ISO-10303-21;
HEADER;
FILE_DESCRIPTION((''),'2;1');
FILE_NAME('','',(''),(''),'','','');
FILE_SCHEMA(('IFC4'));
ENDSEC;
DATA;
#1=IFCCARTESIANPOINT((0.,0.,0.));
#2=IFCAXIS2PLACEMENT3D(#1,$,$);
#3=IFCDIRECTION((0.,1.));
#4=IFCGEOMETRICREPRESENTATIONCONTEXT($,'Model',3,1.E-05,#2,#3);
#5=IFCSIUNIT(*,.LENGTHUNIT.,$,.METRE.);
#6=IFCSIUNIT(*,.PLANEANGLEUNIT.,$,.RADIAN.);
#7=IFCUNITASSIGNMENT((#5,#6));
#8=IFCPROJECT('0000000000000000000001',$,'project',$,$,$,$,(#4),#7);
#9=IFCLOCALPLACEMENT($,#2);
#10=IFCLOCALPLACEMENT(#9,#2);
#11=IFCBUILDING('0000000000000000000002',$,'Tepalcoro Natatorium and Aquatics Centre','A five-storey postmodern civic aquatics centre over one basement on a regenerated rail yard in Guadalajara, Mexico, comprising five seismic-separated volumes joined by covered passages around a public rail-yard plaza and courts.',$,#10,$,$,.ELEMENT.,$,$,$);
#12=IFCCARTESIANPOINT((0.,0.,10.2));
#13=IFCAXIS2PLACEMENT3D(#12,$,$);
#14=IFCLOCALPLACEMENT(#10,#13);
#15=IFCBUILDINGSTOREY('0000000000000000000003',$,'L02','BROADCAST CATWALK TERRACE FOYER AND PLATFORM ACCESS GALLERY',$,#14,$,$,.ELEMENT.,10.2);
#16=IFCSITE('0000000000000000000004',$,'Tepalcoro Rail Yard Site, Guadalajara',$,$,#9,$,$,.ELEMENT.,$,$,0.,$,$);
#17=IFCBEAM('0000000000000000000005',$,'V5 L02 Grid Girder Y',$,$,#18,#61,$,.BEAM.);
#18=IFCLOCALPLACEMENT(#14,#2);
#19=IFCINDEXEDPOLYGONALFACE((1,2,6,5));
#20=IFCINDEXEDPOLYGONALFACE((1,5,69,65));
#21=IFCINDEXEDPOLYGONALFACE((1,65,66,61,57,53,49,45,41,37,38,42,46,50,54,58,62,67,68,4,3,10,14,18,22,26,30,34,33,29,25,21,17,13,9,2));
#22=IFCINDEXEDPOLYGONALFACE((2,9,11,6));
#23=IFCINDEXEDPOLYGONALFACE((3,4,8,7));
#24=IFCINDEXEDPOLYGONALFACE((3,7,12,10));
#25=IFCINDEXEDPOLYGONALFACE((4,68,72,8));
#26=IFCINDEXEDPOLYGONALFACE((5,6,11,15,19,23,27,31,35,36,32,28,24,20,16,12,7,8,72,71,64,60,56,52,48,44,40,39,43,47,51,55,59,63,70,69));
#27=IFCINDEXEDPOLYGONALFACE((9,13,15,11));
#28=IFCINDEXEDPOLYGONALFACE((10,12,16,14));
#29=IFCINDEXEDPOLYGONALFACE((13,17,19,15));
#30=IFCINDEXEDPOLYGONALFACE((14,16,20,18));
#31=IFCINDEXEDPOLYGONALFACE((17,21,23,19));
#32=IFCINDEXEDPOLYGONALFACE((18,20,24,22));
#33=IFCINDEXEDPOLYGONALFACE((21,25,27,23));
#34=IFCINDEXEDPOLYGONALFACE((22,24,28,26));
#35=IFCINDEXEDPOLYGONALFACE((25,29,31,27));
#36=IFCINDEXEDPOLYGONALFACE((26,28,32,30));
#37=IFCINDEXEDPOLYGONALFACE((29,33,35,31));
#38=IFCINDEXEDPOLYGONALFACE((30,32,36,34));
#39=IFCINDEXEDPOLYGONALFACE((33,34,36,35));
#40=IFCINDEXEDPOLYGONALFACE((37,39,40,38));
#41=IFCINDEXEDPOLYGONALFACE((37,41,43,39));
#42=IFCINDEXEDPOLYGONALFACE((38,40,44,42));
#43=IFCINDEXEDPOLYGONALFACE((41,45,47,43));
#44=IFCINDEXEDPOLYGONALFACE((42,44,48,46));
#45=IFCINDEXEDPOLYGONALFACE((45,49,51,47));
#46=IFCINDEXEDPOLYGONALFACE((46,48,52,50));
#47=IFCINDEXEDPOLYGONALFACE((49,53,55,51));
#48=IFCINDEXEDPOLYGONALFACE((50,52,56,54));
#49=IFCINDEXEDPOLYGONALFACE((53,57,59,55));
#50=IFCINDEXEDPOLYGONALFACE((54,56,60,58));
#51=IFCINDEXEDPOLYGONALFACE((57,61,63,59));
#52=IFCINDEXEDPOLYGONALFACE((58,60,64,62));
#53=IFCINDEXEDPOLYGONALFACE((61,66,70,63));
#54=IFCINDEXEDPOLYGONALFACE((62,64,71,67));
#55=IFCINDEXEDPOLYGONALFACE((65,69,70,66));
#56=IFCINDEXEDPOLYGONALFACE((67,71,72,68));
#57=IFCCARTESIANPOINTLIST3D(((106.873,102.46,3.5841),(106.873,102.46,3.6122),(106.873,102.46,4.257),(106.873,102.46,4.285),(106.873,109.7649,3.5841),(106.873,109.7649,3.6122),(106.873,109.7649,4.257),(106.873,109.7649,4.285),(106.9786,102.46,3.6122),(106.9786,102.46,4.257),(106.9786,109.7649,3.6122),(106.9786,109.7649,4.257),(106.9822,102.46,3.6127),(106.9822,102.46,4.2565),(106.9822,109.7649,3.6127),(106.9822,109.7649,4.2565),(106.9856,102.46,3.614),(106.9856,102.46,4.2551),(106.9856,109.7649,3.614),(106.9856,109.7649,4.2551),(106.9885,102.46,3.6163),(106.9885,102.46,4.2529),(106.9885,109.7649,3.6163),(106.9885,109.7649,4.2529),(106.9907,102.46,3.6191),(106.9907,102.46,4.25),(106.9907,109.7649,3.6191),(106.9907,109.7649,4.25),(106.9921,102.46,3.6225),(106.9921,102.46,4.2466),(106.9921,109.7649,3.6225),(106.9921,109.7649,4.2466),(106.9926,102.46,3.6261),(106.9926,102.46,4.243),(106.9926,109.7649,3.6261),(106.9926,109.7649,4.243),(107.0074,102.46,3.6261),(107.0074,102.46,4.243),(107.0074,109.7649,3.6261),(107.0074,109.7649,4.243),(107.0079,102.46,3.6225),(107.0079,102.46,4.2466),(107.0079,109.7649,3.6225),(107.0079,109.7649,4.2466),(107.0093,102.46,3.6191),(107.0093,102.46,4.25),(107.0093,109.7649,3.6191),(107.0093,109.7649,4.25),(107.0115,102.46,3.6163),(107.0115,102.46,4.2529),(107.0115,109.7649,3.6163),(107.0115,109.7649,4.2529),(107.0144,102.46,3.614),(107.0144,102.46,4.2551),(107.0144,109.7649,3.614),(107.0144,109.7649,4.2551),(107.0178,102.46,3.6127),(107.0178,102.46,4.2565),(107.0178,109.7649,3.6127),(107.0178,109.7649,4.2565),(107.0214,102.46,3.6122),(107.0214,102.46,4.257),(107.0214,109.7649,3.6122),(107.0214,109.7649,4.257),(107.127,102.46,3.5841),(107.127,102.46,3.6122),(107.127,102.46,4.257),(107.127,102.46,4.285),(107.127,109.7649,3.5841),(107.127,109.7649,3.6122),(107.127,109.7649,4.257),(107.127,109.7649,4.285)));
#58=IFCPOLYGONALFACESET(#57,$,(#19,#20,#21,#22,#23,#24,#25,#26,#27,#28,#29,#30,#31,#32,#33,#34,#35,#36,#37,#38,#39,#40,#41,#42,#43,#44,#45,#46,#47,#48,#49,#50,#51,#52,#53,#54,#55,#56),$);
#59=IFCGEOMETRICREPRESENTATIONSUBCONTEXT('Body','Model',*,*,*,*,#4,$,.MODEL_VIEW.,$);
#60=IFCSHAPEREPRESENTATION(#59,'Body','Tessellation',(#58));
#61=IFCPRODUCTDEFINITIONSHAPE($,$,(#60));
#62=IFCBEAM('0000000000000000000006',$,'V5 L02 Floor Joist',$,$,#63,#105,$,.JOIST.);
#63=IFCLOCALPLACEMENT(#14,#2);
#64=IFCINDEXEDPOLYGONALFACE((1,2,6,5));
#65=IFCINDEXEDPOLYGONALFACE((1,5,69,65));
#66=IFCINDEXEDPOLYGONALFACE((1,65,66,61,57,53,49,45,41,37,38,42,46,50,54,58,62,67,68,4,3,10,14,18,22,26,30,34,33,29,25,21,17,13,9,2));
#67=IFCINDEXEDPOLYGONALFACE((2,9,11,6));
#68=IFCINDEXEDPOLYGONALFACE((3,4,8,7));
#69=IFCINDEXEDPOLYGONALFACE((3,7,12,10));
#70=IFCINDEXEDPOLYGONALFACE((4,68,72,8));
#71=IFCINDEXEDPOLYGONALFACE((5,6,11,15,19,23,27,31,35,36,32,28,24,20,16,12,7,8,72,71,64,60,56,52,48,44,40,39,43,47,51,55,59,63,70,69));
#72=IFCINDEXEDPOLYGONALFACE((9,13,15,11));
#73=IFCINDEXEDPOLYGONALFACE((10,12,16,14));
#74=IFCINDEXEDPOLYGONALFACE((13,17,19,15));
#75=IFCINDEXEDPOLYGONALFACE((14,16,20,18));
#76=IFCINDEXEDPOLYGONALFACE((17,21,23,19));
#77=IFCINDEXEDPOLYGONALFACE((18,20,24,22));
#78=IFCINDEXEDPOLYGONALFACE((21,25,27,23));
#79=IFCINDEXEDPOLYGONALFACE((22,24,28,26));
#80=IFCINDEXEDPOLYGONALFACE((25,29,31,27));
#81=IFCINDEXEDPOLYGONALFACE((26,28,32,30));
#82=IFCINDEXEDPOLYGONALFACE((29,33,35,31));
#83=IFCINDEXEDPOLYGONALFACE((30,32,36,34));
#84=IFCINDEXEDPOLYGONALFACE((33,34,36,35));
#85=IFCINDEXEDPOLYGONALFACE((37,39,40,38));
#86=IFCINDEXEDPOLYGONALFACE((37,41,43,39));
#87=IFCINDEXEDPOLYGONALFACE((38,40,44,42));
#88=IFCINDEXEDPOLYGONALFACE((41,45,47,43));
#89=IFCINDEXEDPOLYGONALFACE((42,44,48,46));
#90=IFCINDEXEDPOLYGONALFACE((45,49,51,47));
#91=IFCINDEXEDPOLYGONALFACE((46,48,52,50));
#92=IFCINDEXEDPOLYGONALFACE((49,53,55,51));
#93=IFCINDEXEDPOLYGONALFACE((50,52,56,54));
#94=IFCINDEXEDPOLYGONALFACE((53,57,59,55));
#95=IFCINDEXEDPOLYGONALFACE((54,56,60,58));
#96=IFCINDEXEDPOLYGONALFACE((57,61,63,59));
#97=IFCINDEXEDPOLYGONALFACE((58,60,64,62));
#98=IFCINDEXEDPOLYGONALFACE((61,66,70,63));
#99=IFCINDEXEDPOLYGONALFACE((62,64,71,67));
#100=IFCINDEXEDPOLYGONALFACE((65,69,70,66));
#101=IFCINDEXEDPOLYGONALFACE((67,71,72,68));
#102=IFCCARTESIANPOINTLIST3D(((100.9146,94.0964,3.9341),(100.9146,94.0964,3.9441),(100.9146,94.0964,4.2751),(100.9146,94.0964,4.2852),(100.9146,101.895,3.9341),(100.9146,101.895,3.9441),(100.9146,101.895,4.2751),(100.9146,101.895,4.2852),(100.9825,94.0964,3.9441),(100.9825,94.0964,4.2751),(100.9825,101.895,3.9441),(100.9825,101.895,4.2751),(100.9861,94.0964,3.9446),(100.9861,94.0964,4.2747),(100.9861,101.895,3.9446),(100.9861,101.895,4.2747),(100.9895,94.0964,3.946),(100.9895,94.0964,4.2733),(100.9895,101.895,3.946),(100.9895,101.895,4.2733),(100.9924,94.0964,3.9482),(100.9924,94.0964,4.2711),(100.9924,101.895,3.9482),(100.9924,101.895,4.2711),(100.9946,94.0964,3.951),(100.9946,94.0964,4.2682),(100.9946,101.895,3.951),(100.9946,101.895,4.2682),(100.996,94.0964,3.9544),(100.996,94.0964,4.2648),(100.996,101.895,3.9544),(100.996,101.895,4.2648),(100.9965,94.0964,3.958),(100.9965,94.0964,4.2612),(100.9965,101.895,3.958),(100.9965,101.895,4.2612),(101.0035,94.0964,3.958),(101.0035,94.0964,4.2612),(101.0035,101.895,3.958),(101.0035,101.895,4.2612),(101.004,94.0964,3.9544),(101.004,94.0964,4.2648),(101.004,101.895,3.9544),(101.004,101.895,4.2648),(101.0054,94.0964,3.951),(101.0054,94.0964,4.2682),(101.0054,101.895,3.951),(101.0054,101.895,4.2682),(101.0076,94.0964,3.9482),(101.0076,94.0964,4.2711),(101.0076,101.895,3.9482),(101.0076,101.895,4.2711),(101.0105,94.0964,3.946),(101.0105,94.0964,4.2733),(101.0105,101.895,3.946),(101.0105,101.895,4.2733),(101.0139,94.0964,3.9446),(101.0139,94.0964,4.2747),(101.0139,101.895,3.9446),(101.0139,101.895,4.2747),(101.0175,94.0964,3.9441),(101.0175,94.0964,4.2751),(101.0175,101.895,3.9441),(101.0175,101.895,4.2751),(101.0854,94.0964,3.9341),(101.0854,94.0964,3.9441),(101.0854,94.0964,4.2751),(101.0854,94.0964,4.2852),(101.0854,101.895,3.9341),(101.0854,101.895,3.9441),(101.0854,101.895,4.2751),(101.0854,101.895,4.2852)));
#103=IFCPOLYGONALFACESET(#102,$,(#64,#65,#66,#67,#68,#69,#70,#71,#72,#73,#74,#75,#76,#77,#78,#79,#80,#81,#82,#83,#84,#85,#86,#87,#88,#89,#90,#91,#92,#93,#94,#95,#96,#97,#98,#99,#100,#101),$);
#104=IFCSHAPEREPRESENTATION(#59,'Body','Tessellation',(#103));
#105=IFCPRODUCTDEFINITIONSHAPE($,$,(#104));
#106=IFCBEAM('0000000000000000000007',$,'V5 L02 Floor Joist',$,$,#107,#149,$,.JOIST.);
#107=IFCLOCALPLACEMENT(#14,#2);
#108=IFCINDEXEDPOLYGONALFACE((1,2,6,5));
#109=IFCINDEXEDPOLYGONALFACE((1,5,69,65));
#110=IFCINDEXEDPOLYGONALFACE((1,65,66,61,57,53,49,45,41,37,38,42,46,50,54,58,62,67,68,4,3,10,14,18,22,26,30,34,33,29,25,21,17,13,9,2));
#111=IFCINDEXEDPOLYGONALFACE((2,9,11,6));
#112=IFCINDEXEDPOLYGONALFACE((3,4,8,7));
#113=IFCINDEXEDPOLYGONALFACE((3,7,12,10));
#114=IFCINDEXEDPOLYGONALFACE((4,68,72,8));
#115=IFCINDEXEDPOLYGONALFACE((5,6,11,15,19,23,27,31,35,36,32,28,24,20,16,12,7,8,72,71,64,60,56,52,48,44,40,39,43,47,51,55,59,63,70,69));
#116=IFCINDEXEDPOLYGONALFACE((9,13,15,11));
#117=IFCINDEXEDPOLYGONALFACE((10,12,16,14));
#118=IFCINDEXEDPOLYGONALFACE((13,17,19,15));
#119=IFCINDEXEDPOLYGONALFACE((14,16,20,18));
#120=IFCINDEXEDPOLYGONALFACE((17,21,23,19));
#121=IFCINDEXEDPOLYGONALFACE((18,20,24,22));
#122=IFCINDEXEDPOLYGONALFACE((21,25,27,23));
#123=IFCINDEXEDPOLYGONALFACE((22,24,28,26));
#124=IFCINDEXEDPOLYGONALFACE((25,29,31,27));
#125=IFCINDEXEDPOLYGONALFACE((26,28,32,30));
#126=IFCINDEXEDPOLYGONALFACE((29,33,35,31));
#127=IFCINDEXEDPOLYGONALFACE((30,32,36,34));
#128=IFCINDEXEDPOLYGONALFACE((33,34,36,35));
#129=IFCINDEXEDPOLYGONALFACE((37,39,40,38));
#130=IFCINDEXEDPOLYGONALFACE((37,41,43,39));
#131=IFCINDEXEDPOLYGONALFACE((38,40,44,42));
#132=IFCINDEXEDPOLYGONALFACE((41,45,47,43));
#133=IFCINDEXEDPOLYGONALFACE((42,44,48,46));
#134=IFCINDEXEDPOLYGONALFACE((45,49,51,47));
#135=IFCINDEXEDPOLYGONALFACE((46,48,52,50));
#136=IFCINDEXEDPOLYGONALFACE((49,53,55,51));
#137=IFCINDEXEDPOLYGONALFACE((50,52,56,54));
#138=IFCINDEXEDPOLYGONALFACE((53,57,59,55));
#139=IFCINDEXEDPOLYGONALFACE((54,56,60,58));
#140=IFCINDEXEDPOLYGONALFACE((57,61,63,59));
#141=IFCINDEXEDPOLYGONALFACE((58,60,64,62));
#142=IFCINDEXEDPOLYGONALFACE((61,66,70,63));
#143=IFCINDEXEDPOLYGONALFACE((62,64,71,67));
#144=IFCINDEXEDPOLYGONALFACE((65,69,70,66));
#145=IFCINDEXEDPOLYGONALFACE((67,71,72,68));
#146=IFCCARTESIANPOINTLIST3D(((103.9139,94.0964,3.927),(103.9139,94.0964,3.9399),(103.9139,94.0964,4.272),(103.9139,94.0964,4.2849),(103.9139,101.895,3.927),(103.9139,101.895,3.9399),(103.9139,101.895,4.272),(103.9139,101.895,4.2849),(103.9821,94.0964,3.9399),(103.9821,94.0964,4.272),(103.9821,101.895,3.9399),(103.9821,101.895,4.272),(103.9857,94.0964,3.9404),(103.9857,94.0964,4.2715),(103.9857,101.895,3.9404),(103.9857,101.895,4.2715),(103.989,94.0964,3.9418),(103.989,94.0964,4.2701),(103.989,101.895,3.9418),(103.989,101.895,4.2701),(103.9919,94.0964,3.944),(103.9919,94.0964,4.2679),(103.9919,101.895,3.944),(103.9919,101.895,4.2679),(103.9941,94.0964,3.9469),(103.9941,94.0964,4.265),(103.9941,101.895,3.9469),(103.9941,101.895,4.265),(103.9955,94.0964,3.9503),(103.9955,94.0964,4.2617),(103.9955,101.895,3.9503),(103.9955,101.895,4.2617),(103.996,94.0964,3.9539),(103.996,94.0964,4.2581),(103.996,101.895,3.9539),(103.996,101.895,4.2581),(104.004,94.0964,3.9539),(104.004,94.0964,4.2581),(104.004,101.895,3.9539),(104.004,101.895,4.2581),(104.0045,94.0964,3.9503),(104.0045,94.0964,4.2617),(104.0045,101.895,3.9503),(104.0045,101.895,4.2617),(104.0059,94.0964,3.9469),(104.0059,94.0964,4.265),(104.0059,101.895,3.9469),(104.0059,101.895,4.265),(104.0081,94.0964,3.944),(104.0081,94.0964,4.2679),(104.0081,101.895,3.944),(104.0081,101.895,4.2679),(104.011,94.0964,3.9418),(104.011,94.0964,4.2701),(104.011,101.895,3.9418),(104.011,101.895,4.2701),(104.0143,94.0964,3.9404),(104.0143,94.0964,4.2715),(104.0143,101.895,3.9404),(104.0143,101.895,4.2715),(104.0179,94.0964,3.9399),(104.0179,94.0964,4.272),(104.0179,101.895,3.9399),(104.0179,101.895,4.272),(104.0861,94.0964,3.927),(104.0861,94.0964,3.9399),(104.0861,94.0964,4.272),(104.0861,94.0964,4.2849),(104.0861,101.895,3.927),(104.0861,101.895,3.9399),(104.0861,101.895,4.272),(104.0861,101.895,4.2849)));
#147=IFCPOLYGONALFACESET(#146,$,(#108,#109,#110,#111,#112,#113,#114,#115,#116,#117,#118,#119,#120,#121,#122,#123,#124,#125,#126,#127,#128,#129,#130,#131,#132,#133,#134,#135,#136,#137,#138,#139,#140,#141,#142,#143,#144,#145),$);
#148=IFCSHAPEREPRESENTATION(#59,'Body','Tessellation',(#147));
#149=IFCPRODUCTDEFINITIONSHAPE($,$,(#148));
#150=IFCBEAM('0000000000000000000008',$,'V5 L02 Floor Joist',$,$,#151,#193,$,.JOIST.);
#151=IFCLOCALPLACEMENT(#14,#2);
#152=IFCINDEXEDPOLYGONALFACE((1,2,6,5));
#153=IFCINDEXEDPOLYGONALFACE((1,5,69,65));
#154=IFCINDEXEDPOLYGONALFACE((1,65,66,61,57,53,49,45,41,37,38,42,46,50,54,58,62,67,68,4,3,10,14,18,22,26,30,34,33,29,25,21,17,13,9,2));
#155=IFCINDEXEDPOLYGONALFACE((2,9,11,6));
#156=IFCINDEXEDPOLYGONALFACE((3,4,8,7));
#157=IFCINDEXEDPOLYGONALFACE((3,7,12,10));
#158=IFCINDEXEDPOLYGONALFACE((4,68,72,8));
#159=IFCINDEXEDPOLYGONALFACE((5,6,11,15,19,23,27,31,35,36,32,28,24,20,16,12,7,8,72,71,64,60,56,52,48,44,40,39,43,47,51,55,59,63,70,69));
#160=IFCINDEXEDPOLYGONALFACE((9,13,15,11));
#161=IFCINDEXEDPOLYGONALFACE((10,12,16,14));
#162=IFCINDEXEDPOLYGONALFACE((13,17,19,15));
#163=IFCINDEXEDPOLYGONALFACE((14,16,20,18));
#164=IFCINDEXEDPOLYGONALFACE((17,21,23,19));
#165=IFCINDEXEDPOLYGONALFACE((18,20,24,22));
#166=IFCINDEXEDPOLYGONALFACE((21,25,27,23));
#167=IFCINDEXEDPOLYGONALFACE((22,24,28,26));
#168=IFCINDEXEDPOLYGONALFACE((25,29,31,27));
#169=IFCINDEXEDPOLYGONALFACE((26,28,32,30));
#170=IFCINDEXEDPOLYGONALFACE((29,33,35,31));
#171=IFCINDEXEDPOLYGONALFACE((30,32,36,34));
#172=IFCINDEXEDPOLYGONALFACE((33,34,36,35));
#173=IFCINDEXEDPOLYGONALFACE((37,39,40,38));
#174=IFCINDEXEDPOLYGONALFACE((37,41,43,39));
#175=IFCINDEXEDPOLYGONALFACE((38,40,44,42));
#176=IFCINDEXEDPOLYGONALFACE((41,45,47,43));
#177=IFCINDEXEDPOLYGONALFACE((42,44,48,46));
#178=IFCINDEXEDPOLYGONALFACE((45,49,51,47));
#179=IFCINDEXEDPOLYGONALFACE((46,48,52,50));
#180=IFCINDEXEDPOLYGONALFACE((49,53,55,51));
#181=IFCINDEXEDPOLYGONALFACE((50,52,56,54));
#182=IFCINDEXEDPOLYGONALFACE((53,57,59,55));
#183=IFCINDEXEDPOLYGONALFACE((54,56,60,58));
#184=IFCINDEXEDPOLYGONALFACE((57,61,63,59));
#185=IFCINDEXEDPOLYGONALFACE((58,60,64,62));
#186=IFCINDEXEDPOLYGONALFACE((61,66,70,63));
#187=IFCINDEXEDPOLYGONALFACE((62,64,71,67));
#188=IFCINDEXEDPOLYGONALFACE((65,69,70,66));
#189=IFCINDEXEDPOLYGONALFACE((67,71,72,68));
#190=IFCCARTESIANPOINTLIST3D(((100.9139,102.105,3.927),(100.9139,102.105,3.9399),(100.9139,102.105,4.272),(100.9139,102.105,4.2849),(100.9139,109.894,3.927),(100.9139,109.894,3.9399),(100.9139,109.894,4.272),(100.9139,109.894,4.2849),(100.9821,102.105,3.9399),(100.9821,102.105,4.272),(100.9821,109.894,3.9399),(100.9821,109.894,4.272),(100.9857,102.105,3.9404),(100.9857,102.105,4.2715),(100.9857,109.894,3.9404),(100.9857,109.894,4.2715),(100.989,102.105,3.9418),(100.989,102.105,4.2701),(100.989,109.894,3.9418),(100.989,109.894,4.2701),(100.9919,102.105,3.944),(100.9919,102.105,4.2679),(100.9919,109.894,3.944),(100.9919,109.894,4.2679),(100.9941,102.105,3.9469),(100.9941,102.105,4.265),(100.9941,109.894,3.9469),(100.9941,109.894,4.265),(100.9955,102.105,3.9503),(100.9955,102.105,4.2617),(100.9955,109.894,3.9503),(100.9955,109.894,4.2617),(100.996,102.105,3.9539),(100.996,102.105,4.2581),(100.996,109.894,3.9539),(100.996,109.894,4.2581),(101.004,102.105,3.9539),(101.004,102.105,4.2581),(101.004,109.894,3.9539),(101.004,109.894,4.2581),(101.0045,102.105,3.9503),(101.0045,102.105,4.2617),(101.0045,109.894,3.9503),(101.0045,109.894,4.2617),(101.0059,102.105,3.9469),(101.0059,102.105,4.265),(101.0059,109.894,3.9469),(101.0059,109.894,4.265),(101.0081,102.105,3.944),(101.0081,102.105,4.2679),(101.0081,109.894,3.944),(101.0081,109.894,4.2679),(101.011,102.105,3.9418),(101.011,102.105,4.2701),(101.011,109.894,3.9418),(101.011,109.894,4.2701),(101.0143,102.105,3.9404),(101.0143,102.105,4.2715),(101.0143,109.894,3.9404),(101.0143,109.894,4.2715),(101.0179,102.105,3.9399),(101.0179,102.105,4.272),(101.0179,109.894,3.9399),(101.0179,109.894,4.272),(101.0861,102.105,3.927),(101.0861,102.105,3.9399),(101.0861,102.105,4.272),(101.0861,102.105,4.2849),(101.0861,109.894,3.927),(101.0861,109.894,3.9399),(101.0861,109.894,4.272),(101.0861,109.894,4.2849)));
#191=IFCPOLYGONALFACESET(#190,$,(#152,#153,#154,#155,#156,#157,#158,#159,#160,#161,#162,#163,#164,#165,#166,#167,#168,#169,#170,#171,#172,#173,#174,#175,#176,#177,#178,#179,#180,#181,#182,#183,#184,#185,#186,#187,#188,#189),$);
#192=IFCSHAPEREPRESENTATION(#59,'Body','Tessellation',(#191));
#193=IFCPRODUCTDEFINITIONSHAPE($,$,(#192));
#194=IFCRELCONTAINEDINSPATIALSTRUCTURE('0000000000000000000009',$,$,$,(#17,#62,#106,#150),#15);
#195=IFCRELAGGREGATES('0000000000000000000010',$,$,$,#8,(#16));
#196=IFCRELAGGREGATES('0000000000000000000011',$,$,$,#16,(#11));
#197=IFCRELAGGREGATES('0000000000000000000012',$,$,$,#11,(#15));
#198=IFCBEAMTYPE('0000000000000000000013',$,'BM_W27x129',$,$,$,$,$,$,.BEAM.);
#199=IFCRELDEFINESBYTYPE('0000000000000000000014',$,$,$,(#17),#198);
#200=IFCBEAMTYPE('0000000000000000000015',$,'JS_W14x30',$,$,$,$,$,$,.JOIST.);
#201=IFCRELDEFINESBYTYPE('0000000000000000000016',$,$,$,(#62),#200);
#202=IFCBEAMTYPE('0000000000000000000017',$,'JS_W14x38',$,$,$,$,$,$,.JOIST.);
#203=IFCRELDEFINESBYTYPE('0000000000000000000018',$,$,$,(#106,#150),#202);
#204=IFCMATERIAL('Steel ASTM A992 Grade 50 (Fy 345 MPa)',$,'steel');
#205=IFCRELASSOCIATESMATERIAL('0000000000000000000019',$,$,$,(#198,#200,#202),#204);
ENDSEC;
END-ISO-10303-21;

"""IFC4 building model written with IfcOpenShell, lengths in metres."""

from ifc_helpers import new_model, si_unit, direction, frame, origin, origin_2d, place, context, subcontext, project, spatial, i_section, extrude, material, material_profile, profile_set, type_object, element, save


model = new_model("IFC4")

# Units and contexts
model_context = context("Model", 3, precision=1e-05, world=origin(), true_north=direction((0.0, 1.0)))
body_context = subcontext(model_context, "Body", "Model", "MODEL_VIEW")
ifc_project = project(units=[si_unit("LENGTHUNIT", "METRE"), si_unit("PLANEANGLEUNIT", "RADIAN")], contexts=[model_context])

# Site, building, storey
site_placement = place(None, origin())
site = spatial("IfcSite", under=ifc_project, at=site_placement, Name="Tepalcoro Rail Yard Site, Guadalajara", CompositionType="ELEMENT", RefElevation=0.0)
building_placement = place(site_placement, origin())
building = spatial("IfcBuilding", under=site, at=building_placement, Name="Tepalcoro Natatorium and Aquatics Centre", Description="A five-storey postmodern civic aquatics centre over one basement on a regenerated rail yard in Guadalajara, Mexico, comprising five seismic-separated volumes joined by covered passages around a public rail-yard plaza and courts.", CompositionType="ELEMENT")
storey_placement = place(building_placement, frame((0.0, 0.0, 10.2)))
storey = spatial("IfcBuildingStorey", under=building, at=storey_placement, Name="L02", Description="BROADCAST CATWALK TERRACE FOYER AND PLATFORM ACCESS GALLERY", CompositionType="ELEMENT", Elevation=10.2)

# Beams
ifc_material_1 = material(Name="Steel ASTM A992 Grade 50 (Fy 345 MPa)", Category="steel")
ifc_material_profile_1 = material_profile(ifc_material_1, i_section(OverallWidth=0.2539, OverallDepth=0.7009, WebThickness=0.0149, FlangeThickness=0.0281, FilletRadius=0.0139, at=origin_2d()), Name="W27X129")
ifc_profile_set_1 = profile_set([ifc_material_profile_1], Name="Steel ASTM A992 Grade 50 (Fy 345 MPa)")
beam_type_1 = type_object("IfcBeamType", Name="BM_W27x129", PredefinedType="BEAM", material=ifc_profile_set_1)
beam_1_placement = place(storey_placement, frame((107.0, 102.46, 3.9346), z_axis=(0.0, 1.0, 0.0), x_axis=(-1.0, 0.0, 0.0)))
element("IfcBeam", 1, at=beam_1_placement, inside=storey, type_object=beam_type_1, Name="V5 L02 Grid Girder Y", PredefinedType="BEAM", context=body_context, shape_type="SweptSolid", body=[
    extrude(i_section(OverallWidth=0.2539, OverallDepth=0.7009, WebThickness=0.0149, FlangeThickness=0.0281, FilletRadius=0.0139, at=origin_2d()), origin(), (0.0, 0.0, 1.0), 7.3049),
])
ifc_material_profile_2 = material_profile(ifc_material_1, i_section(OverallWidth=0.1709, OverallDepth=0.3511, WebThickness=0.0071, FlangeThickness=0.01, FilletRadius=0.0139, at=origin_2d()), Name="W14X30")
ifc_profile_set_2 = profile_set([ifc_material_profile_2], Name="Steel ASTM A992 Grade 50 (Fy 345 MPa)")
beam_type_2 = type_object("IfcBeamType", Name="JS_W14x30", PredefinedType="JOIST", material=ifc_profile_set_2)
beam_2_placement = place(storey_placement, frame((101.0, 94.0964, 4.1096), z_axis=(0.0, 1.0, 0.0), x_axis=(-1.0, 0.0, 0.0)))
element("IfcBeam", 2, at=beam_2_placement, inside=storey, type_object=beam_type_2, Name="V5 L02 Floor Joist", PredefinedType="JOIST", context=body_context, shape_type="SweptSolid", body=[
    extrude(i_section(OverallWidth=0.1709, OverallDepth=0.3511, WebThickness=0.0071, FlangeThickness=0.01, FilletRadius=0.0139, at=origin_2d()), origin(), (0.0, 0.0, 1.0), 7.7986),
])
ifc_material_profile_3 = material_profile(ifc_material_1, i_section(OverallWidth=0.1721, OverallDepth=0.3579, WebThickness=0.0081, FlangeThickness=0.0129, FilletRadius=0.0139, at=origin_2d()), Name="W14X38")
ifc_profile_set_3 = profile_set([ifc_material_profile_3], Name="Steel ASTM A992 Grade 50 (Fy 345 MPa)")
beam_type_3 = type_object("IfcBeamType", Name="JS_W14x38", PredefinedType="JOIST", material=ifc_profile_set_3)
beam_3_placement = place(storey_placement, frame((104.0, 94.0964, 4.106), z_axis=(0.0, 1.0, 0.0), x_axis=(-1.0, 0.0, 0.0)))
element("IfcBeam", 3, at=beam_3_placement, inside=storey, type_object=beam_type_3, Name="V5 L02 Floor Joist", PredefinedType="JOIST", context=body_context, shape_type="SweptSolid", body=[
    extrude(i_section(OverallWidth=0.1721, OverallDepth=0.3579, WebThickness=0.0081, FlangeThickness=0.0129, FilletRadius=0.0139, at=origin_2d()), origin(), (0.0, 0.0, 1.0), 7.7986),
])
beam_4_placement = place(storey_placement, frame((101.0, 102.105, 4.106), z_axis=(0.0, 1.0, 0.0), x_axis=(-1.0, 0.0, 0.0)))
element("IfcBeam", 4, at=beam_4_placement, inside=storey, type_object=beam_type_3, Name="V5 L02 Floor Joist", PredefinedType="JOIST", context=body_context, shape_type="SweptSolid", body=[
    extrude(i_section(OverallWidth=0.1721, OverallDepth=0.3579, WebThickness=0.0081, FlangeThickness=0.0129, FilletRadius=0.0139, at=origin_2d()), origin(), (0.0, 0.0, 1.0), 7.7891),
])

save(model, "model.ifc")
